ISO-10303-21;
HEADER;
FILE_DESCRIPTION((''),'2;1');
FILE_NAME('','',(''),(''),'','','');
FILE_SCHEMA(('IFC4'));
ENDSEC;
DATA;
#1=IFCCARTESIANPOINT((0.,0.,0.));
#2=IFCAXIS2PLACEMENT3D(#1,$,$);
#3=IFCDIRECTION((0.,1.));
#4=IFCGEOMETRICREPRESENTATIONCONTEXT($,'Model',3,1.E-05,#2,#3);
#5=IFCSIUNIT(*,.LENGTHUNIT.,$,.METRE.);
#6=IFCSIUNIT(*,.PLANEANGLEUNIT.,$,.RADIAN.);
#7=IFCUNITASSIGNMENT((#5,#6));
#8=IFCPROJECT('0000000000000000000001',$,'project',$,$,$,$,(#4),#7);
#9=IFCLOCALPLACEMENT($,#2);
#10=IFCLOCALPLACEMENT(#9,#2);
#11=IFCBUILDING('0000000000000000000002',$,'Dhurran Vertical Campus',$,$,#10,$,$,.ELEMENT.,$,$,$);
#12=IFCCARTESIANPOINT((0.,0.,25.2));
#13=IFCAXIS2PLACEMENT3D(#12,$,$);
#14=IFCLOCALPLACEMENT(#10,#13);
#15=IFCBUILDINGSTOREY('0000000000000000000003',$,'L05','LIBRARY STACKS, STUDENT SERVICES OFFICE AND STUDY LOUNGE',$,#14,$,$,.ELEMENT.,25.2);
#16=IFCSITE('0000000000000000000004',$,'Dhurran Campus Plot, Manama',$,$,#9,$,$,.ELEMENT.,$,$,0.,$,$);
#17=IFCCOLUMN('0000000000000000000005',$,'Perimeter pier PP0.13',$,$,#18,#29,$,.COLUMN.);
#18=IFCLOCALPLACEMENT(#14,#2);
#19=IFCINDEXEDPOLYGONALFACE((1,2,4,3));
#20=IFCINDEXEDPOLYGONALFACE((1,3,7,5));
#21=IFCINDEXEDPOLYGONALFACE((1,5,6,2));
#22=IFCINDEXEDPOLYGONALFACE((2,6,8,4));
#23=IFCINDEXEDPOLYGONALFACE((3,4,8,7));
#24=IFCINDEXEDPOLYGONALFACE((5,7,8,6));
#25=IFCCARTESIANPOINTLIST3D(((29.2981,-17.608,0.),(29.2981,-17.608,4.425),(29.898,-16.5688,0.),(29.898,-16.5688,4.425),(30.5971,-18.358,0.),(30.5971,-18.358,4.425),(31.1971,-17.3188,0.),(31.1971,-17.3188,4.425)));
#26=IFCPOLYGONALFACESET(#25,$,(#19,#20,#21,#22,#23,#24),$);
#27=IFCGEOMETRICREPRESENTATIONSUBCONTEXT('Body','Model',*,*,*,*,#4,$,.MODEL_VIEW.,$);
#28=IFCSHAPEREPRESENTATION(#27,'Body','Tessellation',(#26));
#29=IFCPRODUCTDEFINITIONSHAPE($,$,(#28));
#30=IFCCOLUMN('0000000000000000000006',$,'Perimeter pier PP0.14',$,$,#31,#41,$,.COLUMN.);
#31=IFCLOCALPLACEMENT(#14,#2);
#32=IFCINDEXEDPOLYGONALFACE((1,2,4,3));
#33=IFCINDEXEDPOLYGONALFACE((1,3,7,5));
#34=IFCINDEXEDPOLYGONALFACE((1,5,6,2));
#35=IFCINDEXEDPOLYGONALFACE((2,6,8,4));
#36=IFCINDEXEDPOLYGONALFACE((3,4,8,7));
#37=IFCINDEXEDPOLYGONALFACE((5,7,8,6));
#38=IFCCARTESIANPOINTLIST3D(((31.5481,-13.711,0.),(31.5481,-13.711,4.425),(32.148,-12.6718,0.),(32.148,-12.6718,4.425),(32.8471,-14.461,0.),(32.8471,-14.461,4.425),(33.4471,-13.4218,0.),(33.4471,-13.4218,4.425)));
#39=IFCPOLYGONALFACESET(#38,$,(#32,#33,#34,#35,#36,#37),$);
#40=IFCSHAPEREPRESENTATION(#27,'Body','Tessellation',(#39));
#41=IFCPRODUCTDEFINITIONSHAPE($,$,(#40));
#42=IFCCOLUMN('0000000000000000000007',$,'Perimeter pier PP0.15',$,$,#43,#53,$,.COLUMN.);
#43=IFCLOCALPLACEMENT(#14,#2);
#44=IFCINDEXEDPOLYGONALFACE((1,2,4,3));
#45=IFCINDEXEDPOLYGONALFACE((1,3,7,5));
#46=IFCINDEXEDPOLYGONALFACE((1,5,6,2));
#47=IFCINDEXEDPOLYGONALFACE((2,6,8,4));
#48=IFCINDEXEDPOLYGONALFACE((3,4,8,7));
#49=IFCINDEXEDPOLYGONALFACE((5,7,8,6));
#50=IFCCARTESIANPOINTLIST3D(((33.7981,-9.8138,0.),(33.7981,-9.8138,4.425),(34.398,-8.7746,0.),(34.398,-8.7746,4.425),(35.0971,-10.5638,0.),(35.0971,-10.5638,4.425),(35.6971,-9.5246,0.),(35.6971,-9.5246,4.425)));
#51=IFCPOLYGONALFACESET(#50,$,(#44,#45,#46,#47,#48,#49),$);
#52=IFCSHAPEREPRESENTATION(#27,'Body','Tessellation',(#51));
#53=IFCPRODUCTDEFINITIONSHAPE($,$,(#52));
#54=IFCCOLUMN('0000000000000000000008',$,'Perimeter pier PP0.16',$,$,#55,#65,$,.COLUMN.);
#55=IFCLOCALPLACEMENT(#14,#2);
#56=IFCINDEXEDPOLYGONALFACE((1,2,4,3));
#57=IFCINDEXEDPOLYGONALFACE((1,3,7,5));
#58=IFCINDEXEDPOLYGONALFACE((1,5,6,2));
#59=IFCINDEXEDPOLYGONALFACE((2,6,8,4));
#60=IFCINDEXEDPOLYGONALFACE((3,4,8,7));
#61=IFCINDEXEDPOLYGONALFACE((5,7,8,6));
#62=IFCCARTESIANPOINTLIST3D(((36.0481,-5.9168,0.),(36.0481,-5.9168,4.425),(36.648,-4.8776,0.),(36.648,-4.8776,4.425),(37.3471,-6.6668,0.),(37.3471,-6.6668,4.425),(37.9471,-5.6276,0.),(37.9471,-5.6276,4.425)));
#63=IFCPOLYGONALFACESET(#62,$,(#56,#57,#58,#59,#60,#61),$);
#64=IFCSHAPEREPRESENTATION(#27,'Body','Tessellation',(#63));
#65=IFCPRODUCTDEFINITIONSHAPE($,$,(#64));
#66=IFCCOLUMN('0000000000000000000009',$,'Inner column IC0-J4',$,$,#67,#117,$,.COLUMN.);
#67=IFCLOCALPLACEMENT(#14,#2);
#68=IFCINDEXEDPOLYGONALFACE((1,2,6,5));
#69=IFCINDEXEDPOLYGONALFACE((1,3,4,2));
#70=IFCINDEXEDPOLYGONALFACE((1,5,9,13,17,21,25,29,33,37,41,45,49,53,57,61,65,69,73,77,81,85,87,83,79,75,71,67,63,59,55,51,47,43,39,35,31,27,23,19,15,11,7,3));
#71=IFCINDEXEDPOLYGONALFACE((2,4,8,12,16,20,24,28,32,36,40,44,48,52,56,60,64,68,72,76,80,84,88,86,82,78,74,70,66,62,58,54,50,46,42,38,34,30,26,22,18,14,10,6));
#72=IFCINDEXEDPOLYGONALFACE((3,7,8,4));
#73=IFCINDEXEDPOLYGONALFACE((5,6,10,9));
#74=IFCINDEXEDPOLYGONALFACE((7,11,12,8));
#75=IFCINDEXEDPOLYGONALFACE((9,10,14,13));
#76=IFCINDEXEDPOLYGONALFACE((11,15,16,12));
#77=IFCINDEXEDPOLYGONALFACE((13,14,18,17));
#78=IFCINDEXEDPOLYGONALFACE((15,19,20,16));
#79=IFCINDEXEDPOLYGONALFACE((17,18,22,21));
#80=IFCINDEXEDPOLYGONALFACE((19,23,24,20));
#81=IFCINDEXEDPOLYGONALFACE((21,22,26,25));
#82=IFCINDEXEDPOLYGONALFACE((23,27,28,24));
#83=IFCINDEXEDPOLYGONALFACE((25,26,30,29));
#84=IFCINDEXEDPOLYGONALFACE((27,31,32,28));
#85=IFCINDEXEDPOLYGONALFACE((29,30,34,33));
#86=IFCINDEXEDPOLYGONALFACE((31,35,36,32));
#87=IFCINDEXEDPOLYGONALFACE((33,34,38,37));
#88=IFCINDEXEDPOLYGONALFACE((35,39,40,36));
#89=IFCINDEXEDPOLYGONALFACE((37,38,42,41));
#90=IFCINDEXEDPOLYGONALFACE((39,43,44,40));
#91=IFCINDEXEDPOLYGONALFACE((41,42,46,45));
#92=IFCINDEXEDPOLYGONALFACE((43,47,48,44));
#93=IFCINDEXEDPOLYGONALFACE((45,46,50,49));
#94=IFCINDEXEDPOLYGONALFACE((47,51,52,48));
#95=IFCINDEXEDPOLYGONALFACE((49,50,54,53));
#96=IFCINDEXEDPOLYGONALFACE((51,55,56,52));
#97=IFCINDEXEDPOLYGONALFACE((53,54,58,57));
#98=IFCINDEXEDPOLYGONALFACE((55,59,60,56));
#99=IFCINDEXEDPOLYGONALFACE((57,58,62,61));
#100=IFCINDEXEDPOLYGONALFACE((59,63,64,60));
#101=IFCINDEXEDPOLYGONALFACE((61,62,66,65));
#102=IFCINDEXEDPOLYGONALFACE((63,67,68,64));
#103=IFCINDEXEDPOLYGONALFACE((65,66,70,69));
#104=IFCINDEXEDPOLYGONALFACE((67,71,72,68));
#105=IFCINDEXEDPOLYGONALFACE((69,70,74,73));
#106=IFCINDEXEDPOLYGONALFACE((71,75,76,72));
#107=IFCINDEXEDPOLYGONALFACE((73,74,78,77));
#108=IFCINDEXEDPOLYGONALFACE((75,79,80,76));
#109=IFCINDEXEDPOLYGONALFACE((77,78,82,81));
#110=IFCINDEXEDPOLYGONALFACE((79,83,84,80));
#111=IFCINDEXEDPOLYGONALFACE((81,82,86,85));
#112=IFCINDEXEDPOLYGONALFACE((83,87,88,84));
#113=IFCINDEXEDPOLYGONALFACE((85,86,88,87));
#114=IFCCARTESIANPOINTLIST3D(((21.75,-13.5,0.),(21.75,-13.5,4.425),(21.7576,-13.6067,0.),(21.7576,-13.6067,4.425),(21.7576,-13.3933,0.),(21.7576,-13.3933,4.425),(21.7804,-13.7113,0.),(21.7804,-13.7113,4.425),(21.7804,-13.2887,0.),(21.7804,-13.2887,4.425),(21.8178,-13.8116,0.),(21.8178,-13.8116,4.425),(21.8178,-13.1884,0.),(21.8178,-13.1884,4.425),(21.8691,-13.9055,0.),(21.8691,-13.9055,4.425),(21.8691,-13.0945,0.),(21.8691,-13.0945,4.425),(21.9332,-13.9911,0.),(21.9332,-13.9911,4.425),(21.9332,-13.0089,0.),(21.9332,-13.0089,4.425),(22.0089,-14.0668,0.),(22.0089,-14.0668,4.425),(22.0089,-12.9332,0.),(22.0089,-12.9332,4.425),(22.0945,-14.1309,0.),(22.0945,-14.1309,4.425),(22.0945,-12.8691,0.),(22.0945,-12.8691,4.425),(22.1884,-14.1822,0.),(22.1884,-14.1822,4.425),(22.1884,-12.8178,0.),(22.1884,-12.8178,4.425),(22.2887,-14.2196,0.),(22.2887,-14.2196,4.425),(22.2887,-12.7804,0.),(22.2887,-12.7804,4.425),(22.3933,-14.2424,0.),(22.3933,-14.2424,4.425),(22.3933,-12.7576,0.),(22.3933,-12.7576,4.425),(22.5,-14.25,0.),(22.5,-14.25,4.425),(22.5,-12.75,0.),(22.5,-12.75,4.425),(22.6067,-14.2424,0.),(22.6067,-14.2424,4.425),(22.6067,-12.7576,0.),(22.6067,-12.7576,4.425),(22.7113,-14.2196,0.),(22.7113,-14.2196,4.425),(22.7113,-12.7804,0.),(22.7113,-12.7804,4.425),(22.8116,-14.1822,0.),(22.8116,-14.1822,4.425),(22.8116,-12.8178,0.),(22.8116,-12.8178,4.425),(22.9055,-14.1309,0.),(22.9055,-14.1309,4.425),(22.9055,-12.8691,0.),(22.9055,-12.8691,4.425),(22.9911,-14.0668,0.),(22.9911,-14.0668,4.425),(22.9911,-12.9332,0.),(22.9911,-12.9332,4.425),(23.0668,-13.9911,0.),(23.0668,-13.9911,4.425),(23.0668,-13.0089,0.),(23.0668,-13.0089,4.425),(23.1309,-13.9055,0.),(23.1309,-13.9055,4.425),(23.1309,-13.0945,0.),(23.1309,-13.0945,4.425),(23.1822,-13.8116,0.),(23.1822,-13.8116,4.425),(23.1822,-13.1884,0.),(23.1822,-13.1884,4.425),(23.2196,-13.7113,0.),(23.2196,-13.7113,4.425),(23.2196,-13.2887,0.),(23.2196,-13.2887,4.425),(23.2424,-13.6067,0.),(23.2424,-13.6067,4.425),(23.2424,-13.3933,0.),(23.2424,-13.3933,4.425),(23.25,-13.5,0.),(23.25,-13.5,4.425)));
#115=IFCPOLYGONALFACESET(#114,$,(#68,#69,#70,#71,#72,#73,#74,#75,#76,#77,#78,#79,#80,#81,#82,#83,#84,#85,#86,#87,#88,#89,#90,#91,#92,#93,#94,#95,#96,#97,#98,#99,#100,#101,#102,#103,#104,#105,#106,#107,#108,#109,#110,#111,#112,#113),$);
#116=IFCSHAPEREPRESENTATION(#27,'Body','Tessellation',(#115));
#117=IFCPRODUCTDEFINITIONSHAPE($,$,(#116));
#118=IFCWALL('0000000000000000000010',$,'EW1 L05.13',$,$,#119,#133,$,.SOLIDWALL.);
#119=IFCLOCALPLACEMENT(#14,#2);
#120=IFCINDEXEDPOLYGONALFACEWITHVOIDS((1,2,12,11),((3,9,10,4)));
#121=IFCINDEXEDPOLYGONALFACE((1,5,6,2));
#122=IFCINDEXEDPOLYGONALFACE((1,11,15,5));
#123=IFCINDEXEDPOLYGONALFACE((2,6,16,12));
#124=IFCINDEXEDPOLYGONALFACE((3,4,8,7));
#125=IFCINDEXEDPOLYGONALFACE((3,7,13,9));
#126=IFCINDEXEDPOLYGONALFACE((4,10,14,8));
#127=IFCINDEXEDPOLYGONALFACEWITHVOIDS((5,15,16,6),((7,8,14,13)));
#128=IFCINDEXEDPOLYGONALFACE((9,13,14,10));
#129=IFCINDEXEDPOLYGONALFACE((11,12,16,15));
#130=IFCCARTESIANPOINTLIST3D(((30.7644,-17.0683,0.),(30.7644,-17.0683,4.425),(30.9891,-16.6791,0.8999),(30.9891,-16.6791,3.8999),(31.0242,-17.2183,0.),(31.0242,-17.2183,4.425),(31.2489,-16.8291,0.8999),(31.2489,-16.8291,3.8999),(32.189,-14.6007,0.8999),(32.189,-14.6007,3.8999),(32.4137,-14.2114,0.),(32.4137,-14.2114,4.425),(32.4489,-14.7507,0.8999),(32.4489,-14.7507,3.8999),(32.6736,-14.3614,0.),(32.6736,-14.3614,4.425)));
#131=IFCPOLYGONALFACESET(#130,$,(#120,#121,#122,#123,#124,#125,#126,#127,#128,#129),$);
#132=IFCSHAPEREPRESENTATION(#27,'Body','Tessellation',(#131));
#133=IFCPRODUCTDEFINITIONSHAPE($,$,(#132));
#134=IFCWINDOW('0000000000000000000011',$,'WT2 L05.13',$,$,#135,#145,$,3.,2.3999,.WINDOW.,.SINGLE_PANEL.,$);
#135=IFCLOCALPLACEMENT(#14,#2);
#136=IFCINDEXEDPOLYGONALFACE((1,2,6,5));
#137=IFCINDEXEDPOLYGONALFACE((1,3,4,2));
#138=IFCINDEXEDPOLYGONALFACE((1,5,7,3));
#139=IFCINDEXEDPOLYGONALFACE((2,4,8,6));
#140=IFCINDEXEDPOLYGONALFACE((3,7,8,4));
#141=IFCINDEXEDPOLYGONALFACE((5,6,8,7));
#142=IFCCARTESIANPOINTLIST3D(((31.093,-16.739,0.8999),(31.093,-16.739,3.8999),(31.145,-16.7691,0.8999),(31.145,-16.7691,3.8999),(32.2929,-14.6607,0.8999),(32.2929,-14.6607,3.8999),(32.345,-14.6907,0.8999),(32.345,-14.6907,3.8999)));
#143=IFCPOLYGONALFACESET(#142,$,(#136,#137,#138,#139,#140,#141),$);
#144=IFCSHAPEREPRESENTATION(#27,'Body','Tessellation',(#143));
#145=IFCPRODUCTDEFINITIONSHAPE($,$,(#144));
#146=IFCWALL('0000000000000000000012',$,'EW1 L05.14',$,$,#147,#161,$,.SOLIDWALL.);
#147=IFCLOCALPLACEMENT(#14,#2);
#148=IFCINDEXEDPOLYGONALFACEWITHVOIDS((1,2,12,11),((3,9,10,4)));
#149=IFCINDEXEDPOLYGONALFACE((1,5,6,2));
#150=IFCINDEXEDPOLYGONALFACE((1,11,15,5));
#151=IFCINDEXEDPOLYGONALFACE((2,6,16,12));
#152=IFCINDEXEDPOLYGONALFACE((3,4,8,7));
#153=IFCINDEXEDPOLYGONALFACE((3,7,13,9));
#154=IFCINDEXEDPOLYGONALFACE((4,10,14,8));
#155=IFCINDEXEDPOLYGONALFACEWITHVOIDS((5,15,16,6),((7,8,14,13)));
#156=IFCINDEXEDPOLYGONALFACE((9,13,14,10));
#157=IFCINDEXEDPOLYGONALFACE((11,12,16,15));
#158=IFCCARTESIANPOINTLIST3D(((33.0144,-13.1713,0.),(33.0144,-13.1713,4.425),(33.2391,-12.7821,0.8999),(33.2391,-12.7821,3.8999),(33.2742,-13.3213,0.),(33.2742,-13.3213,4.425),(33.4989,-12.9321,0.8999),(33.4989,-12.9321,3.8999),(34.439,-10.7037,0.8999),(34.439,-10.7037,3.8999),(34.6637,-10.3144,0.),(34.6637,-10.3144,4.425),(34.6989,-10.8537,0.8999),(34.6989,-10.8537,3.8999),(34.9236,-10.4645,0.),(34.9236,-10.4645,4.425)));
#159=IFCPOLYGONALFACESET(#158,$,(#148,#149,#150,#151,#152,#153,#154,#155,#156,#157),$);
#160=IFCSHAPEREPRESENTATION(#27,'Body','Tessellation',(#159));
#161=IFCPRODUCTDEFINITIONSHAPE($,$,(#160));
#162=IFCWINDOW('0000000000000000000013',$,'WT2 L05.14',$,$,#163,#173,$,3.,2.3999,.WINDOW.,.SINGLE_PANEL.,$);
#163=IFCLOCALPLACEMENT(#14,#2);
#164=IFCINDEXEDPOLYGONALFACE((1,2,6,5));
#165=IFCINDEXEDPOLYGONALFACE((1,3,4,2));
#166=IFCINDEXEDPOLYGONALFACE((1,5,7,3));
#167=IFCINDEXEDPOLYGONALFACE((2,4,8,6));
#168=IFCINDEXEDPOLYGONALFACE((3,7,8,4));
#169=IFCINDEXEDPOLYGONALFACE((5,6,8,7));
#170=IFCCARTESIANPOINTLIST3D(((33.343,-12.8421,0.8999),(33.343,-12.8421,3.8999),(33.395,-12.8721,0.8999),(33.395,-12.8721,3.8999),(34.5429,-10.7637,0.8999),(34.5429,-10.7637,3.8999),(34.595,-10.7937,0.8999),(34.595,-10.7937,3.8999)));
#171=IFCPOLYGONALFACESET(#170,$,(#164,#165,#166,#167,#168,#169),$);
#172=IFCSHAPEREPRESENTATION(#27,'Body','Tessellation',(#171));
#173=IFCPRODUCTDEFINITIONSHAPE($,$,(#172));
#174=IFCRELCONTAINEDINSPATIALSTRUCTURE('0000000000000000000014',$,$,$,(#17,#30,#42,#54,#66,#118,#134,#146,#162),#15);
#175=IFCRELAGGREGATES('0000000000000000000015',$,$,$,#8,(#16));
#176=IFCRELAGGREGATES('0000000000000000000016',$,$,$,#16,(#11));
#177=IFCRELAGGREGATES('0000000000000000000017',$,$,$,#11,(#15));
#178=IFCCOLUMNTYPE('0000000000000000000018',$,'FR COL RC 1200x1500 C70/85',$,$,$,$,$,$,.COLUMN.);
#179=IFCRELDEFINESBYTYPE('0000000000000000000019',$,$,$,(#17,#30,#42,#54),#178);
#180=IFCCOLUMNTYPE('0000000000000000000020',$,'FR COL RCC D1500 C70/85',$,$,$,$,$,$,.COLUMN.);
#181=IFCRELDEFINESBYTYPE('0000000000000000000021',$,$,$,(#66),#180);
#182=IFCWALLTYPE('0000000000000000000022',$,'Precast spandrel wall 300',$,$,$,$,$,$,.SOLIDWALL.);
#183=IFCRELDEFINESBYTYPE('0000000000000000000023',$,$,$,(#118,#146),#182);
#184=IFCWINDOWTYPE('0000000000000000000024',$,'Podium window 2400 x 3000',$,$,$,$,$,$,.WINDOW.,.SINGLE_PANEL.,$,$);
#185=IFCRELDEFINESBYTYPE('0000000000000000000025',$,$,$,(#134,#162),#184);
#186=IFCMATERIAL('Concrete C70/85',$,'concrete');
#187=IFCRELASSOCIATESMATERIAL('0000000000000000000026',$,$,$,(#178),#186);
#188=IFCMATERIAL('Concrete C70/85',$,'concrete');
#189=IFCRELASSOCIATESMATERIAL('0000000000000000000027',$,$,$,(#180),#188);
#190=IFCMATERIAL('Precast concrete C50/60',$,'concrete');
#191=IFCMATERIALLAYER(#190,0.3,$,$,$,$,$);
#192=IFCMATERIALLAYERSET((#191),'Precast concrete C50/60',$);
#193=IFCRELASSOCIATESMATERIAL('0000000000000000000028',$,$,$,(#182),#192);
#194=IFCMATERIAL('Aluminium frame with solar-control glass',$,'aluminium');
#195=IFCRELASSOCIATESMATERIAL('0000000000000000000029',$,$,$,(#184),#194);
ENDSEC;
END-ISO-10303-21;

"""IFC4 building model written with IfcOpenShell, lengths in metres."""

from ifc_helpers import new_model, si_unit, direction, frame, frame_2d, origin, origin_2d, place, context, subcontext, project, spatial, rectangle, circle, extrude, material, layer, layer_set, material_profile, profile_set, type_object, element, fill, save


model = new_model("IFC4")

# Units and contexts
model_context = context("Model", 3, precision=1e-05, world=origin(), true_north=direction((0.0, 1.0)))
body_context = subcontext(model_context, "Body", "Model", "MODEL_VIEW")
ifc_project = project(units=[si_unit("LENGTHUNIT", "METRE"), si_unit("PLANEANGLEUNIT", "RADIAN")], contexts=[model_context])

# Site, building, storey
site_placement = place(None, origin())
site = spatial("IfcSite", under=ifc_project, at=site_placement, Name="Dhurran Campus Plot, Manama", CompositionType="ELEMENT", RefElevation=0.0)
building_placement = place(site_placement, origin())
building = spatial("IfcBuilding", under=site, at=building_placement, Name="Dhurran Vertical Campus", CompositionType="ELEMENT")
storey_placement = place(building_placement, frame((0.0, 0.0, 25.2)))
storey = spatial("IfcBuildingStorey", under=building, at=storey_placement, Name="L05", Description="LIBRARY STACKS, STUDENT SERVICES OFFICE AND STUDY LOUNGE", CompositionType="ELEMENT", Elevation=25.2)

# Columns
ifc_material_1 = material(Name="Concrete C70/85", Category="concrete")
ifc_material_profile_1 = material_profile(ifc_material_1, rectangle(XDim=1.2, YDim=1.5, at=origin_2d()), Name="RC 1200x1500")
ifc_profile_set_1 = profile_set([ifc_material_profile_1], Name="Concrete C70/85")
column_type_1 = type_object("IfcColumnType", Name="FR COL RC 1200x1500 C70/85", PredefinedType="COLUMN", material=ifc_profile_set_1)
for number, where, z_axis, x_axis, name in (
    (1, (30.2476, -17.4634, 0.0), (0.0, 0.0, 1.0), (0.5, 0.866025, 0.0), "Perimeter pier PP0.13"),
    (2, (32.4976, -13.5664, 0.0), (0.0, 0.0, 1.0), (0.5, 0.866025, 0.0), "Perimeter pier PP0.14"),
    (3, (34.7476, -9.6692, 0.0), (0.0, 0.0, 1.0), (0.5, 0.866025, 0.0), "Perimeter pier PP0.15"),
    (4, (36.9976, -5.7722, 0.0), (0.0, 0.0, 1.0), (0.5, 0.866025, 0.0), "Perimeter pier PP0.16"),
):
    element("IfcColumn", number, at=place(storey_placement, frame(where, z_axis=z_axis, x_axis=x_axis)), inside=storey, type_object=column_type_1, Name=name, PredefinedType="COLUMN", context=body_context, shape_type="SweptSolid", body=[
        extrude(rectangle(XDim=1.2, YDim=1.5, at=origin_2d()), origin(), (0.0, 0.0, 1.0), 4.425),
    ])
ifc_material_2 = material(Name="Concrete C70/85", Category="concrete")
ifc_material_profile_2 = material_profile(ifc_material_2, circle(Radius=0.75, at=origin_2d()), Name="RCC D1500")
ifc_profile_set_2 = profile_set([ifc_material_profile_2], Name="Concrete C70/85")
column_type_2 = type_object("IfcColumnType", Name="FR COL RCC D1500 C70/85", PredefinedType="COLUMN", material=ifc_profile_set_2)
column_placement = place(storey_placement, frame((22.5, -13.5, 0.0), z_axis=(0.0, 0.0, 1.0), x_axis=(1.0, 0.0, 0.0)))
element("IfcColumn", 5, at=column_placement, inside=storey, type_object=column_type_2, Name="Inner column IC0-J4", PredefinedType="COLUMN", context=body_context, shape_type="SweptSolid", body=[
    extrude(circle(Radius=0.75, at=origin_2d()), origin(), (0.0, 0.0, 1.0), 4.425),
])

# Walls, openings, windows
ifc_material_3 = material(Name="Precast concrete C50/60", Category="concrete")
ifc_layer_1 = layer(ifc_material_3, 0.3)
ifc_layer_set_1 = layer_set([ifc_layer_1], Name="Precast concrete C50/60")
wall_type_1 = type_object("IfcWallType", Name="Precast spandrel wall 300", PredefinedType="SOLIDWALL", material=ifc_layer_set_1)
wall_1_placement = place(storey_placement, frame((30.8943, -17.1433, 0.0), z_axis=(0.0, 0.0, 1.0), x_axis=(0.499992, 0.86603, 0.0)))
wall_1 = element("IfcWall", 6, at=wall_1_placement, inside=storey, type_object=wall_type_1, Name="EW1 L05.13", PredefinedType="SOLIDWALL", context=body_context, shape_type="SweptSolid", body=[
    extrude(rectangle(XDim=3.2988, YDim=0.3, at=frame_2d((1.6494, 0.0))), origin(), (0.0, 0.0, 1.0), 4.425),
])
opening_1_placement = place(wall_1_placement, frame((0.4495, 0.0, 0.8999)))
opening_1 = element("IfcOpeningElement", 7, at=opening_1_placement, cuts=wall_1, PredefinedType="OPENING", context=body_context, shape_type="SweptSolid", body=[
    extrude(rectangle(XDim=2.3999, YDim=3.0, at=frame_2d((1.2, 1.5))), frame((0.0, 0.1599, 0.0), z_axis=(0.0, -1.0, 0.0), x_axis=(1.0, 0.0, 0.0)), (0.0, 0.0, 1.0), 0.3201),
])
ifc_material_4 = material(Name="Aluminium frame with solar-control glass", Category="aluminium")
window_type = type_object("IfcWindowType", Name="Podium window 2400 x 3000", PartitioningType="SINGLE_PANEL", PredefinedType="WINDOW", material=ifc_material_4)
window_1_placement = place(opening_1_placement, origin())
window_1 = element("IfcWindow", 8, at=window_1_placement, inside=storey, type_object=window_type, Name="WT2 L05.13", OverallHeight=3.0, OverallWidth=2.3999, PartitioningType="SINGLE_PANEL", PredefinedType="WINDOW", context=body_context, shape_type="SweptSolid", body=[
    extrude(rectangle(XDim=2.3999, YDim=3.0, at=frame_2d((1.2, 1.5))), frame((0.0, 0.03, 0.0), z_axis=(0.0, -1.0, 0.0), x_axis=(1.0, 0.0, 0.0)), (0.0, 0.0, 1.0), 0.0601),
])
fill(opening_1, window_1)
wall_2_placement = place(storey_placement, frame((33.1443, -13.2463, 0.0), z_axis=(0.0, 0.0, 1.0), x_axis=(0.499992, 0.86603, 0.0)))
wall_2 = element("IfcWall", 9, at=wall_2_placement, inside=storey, type_object=wall_type_1, Name="EW1 L05.14", PredefinedType="SOLIDWALL", context=body_context, shape_type="SweptSolid", body=[
    extrude(rectangle(XDim=3.2988, YDim=0.3, at=frame_2d((1.6494, 0.0))), origin(), (0.0, 0.0, 1.0), 4.425),
])
opening_2_placement = place(wall_2_placement, frame((0.4495, 0.0, 0.8999)))
opening_2 = element("IfcOpeningElement", 10, at=opening_2_placement, cuts=wall_2, PredefinedType="OPENING", context=body_context, shape_type="SweptSolid", body=[
    extrude(rectangle(XDim=2.3999, YDim=3.0, at=frame_2d((1.2, 1.5))), frame((0.0, 0.1599, 0.0), z_axis=(0.0, -1.0, 0.0), x_axis=(1.0, 0.0, 0.0)), (0.0, 0.0, 1.0), 0.3201),
])
window_2_placement = place(opening_2_placement, origin())
window_2 = element("IfcWindow", 11, at=window_2_placement, inside=storey, type_object=window_type, Name="WT2 L05.14", OverallHeight=3.0, OverallWidth=2.3999, PartitioningType="SINGLE_PANEL", PredefinedType="WINDOW", context=body_context, shape_type="SweptSolid", body=[
    extrude(rectangle(XDim=2.3999, YDim=3.0, at=frame_2d((1.2, 1.5))), frame((0.0, 0.03, 0.0), z_axis=(0.0, -1.0, 0.0), x_axis=(1.0, 0.0, 0.0)), (0.0, 0.0, 1.0), 0.0601),
])
fill(opening_2, window_2)

save(model, "model.ifc")
